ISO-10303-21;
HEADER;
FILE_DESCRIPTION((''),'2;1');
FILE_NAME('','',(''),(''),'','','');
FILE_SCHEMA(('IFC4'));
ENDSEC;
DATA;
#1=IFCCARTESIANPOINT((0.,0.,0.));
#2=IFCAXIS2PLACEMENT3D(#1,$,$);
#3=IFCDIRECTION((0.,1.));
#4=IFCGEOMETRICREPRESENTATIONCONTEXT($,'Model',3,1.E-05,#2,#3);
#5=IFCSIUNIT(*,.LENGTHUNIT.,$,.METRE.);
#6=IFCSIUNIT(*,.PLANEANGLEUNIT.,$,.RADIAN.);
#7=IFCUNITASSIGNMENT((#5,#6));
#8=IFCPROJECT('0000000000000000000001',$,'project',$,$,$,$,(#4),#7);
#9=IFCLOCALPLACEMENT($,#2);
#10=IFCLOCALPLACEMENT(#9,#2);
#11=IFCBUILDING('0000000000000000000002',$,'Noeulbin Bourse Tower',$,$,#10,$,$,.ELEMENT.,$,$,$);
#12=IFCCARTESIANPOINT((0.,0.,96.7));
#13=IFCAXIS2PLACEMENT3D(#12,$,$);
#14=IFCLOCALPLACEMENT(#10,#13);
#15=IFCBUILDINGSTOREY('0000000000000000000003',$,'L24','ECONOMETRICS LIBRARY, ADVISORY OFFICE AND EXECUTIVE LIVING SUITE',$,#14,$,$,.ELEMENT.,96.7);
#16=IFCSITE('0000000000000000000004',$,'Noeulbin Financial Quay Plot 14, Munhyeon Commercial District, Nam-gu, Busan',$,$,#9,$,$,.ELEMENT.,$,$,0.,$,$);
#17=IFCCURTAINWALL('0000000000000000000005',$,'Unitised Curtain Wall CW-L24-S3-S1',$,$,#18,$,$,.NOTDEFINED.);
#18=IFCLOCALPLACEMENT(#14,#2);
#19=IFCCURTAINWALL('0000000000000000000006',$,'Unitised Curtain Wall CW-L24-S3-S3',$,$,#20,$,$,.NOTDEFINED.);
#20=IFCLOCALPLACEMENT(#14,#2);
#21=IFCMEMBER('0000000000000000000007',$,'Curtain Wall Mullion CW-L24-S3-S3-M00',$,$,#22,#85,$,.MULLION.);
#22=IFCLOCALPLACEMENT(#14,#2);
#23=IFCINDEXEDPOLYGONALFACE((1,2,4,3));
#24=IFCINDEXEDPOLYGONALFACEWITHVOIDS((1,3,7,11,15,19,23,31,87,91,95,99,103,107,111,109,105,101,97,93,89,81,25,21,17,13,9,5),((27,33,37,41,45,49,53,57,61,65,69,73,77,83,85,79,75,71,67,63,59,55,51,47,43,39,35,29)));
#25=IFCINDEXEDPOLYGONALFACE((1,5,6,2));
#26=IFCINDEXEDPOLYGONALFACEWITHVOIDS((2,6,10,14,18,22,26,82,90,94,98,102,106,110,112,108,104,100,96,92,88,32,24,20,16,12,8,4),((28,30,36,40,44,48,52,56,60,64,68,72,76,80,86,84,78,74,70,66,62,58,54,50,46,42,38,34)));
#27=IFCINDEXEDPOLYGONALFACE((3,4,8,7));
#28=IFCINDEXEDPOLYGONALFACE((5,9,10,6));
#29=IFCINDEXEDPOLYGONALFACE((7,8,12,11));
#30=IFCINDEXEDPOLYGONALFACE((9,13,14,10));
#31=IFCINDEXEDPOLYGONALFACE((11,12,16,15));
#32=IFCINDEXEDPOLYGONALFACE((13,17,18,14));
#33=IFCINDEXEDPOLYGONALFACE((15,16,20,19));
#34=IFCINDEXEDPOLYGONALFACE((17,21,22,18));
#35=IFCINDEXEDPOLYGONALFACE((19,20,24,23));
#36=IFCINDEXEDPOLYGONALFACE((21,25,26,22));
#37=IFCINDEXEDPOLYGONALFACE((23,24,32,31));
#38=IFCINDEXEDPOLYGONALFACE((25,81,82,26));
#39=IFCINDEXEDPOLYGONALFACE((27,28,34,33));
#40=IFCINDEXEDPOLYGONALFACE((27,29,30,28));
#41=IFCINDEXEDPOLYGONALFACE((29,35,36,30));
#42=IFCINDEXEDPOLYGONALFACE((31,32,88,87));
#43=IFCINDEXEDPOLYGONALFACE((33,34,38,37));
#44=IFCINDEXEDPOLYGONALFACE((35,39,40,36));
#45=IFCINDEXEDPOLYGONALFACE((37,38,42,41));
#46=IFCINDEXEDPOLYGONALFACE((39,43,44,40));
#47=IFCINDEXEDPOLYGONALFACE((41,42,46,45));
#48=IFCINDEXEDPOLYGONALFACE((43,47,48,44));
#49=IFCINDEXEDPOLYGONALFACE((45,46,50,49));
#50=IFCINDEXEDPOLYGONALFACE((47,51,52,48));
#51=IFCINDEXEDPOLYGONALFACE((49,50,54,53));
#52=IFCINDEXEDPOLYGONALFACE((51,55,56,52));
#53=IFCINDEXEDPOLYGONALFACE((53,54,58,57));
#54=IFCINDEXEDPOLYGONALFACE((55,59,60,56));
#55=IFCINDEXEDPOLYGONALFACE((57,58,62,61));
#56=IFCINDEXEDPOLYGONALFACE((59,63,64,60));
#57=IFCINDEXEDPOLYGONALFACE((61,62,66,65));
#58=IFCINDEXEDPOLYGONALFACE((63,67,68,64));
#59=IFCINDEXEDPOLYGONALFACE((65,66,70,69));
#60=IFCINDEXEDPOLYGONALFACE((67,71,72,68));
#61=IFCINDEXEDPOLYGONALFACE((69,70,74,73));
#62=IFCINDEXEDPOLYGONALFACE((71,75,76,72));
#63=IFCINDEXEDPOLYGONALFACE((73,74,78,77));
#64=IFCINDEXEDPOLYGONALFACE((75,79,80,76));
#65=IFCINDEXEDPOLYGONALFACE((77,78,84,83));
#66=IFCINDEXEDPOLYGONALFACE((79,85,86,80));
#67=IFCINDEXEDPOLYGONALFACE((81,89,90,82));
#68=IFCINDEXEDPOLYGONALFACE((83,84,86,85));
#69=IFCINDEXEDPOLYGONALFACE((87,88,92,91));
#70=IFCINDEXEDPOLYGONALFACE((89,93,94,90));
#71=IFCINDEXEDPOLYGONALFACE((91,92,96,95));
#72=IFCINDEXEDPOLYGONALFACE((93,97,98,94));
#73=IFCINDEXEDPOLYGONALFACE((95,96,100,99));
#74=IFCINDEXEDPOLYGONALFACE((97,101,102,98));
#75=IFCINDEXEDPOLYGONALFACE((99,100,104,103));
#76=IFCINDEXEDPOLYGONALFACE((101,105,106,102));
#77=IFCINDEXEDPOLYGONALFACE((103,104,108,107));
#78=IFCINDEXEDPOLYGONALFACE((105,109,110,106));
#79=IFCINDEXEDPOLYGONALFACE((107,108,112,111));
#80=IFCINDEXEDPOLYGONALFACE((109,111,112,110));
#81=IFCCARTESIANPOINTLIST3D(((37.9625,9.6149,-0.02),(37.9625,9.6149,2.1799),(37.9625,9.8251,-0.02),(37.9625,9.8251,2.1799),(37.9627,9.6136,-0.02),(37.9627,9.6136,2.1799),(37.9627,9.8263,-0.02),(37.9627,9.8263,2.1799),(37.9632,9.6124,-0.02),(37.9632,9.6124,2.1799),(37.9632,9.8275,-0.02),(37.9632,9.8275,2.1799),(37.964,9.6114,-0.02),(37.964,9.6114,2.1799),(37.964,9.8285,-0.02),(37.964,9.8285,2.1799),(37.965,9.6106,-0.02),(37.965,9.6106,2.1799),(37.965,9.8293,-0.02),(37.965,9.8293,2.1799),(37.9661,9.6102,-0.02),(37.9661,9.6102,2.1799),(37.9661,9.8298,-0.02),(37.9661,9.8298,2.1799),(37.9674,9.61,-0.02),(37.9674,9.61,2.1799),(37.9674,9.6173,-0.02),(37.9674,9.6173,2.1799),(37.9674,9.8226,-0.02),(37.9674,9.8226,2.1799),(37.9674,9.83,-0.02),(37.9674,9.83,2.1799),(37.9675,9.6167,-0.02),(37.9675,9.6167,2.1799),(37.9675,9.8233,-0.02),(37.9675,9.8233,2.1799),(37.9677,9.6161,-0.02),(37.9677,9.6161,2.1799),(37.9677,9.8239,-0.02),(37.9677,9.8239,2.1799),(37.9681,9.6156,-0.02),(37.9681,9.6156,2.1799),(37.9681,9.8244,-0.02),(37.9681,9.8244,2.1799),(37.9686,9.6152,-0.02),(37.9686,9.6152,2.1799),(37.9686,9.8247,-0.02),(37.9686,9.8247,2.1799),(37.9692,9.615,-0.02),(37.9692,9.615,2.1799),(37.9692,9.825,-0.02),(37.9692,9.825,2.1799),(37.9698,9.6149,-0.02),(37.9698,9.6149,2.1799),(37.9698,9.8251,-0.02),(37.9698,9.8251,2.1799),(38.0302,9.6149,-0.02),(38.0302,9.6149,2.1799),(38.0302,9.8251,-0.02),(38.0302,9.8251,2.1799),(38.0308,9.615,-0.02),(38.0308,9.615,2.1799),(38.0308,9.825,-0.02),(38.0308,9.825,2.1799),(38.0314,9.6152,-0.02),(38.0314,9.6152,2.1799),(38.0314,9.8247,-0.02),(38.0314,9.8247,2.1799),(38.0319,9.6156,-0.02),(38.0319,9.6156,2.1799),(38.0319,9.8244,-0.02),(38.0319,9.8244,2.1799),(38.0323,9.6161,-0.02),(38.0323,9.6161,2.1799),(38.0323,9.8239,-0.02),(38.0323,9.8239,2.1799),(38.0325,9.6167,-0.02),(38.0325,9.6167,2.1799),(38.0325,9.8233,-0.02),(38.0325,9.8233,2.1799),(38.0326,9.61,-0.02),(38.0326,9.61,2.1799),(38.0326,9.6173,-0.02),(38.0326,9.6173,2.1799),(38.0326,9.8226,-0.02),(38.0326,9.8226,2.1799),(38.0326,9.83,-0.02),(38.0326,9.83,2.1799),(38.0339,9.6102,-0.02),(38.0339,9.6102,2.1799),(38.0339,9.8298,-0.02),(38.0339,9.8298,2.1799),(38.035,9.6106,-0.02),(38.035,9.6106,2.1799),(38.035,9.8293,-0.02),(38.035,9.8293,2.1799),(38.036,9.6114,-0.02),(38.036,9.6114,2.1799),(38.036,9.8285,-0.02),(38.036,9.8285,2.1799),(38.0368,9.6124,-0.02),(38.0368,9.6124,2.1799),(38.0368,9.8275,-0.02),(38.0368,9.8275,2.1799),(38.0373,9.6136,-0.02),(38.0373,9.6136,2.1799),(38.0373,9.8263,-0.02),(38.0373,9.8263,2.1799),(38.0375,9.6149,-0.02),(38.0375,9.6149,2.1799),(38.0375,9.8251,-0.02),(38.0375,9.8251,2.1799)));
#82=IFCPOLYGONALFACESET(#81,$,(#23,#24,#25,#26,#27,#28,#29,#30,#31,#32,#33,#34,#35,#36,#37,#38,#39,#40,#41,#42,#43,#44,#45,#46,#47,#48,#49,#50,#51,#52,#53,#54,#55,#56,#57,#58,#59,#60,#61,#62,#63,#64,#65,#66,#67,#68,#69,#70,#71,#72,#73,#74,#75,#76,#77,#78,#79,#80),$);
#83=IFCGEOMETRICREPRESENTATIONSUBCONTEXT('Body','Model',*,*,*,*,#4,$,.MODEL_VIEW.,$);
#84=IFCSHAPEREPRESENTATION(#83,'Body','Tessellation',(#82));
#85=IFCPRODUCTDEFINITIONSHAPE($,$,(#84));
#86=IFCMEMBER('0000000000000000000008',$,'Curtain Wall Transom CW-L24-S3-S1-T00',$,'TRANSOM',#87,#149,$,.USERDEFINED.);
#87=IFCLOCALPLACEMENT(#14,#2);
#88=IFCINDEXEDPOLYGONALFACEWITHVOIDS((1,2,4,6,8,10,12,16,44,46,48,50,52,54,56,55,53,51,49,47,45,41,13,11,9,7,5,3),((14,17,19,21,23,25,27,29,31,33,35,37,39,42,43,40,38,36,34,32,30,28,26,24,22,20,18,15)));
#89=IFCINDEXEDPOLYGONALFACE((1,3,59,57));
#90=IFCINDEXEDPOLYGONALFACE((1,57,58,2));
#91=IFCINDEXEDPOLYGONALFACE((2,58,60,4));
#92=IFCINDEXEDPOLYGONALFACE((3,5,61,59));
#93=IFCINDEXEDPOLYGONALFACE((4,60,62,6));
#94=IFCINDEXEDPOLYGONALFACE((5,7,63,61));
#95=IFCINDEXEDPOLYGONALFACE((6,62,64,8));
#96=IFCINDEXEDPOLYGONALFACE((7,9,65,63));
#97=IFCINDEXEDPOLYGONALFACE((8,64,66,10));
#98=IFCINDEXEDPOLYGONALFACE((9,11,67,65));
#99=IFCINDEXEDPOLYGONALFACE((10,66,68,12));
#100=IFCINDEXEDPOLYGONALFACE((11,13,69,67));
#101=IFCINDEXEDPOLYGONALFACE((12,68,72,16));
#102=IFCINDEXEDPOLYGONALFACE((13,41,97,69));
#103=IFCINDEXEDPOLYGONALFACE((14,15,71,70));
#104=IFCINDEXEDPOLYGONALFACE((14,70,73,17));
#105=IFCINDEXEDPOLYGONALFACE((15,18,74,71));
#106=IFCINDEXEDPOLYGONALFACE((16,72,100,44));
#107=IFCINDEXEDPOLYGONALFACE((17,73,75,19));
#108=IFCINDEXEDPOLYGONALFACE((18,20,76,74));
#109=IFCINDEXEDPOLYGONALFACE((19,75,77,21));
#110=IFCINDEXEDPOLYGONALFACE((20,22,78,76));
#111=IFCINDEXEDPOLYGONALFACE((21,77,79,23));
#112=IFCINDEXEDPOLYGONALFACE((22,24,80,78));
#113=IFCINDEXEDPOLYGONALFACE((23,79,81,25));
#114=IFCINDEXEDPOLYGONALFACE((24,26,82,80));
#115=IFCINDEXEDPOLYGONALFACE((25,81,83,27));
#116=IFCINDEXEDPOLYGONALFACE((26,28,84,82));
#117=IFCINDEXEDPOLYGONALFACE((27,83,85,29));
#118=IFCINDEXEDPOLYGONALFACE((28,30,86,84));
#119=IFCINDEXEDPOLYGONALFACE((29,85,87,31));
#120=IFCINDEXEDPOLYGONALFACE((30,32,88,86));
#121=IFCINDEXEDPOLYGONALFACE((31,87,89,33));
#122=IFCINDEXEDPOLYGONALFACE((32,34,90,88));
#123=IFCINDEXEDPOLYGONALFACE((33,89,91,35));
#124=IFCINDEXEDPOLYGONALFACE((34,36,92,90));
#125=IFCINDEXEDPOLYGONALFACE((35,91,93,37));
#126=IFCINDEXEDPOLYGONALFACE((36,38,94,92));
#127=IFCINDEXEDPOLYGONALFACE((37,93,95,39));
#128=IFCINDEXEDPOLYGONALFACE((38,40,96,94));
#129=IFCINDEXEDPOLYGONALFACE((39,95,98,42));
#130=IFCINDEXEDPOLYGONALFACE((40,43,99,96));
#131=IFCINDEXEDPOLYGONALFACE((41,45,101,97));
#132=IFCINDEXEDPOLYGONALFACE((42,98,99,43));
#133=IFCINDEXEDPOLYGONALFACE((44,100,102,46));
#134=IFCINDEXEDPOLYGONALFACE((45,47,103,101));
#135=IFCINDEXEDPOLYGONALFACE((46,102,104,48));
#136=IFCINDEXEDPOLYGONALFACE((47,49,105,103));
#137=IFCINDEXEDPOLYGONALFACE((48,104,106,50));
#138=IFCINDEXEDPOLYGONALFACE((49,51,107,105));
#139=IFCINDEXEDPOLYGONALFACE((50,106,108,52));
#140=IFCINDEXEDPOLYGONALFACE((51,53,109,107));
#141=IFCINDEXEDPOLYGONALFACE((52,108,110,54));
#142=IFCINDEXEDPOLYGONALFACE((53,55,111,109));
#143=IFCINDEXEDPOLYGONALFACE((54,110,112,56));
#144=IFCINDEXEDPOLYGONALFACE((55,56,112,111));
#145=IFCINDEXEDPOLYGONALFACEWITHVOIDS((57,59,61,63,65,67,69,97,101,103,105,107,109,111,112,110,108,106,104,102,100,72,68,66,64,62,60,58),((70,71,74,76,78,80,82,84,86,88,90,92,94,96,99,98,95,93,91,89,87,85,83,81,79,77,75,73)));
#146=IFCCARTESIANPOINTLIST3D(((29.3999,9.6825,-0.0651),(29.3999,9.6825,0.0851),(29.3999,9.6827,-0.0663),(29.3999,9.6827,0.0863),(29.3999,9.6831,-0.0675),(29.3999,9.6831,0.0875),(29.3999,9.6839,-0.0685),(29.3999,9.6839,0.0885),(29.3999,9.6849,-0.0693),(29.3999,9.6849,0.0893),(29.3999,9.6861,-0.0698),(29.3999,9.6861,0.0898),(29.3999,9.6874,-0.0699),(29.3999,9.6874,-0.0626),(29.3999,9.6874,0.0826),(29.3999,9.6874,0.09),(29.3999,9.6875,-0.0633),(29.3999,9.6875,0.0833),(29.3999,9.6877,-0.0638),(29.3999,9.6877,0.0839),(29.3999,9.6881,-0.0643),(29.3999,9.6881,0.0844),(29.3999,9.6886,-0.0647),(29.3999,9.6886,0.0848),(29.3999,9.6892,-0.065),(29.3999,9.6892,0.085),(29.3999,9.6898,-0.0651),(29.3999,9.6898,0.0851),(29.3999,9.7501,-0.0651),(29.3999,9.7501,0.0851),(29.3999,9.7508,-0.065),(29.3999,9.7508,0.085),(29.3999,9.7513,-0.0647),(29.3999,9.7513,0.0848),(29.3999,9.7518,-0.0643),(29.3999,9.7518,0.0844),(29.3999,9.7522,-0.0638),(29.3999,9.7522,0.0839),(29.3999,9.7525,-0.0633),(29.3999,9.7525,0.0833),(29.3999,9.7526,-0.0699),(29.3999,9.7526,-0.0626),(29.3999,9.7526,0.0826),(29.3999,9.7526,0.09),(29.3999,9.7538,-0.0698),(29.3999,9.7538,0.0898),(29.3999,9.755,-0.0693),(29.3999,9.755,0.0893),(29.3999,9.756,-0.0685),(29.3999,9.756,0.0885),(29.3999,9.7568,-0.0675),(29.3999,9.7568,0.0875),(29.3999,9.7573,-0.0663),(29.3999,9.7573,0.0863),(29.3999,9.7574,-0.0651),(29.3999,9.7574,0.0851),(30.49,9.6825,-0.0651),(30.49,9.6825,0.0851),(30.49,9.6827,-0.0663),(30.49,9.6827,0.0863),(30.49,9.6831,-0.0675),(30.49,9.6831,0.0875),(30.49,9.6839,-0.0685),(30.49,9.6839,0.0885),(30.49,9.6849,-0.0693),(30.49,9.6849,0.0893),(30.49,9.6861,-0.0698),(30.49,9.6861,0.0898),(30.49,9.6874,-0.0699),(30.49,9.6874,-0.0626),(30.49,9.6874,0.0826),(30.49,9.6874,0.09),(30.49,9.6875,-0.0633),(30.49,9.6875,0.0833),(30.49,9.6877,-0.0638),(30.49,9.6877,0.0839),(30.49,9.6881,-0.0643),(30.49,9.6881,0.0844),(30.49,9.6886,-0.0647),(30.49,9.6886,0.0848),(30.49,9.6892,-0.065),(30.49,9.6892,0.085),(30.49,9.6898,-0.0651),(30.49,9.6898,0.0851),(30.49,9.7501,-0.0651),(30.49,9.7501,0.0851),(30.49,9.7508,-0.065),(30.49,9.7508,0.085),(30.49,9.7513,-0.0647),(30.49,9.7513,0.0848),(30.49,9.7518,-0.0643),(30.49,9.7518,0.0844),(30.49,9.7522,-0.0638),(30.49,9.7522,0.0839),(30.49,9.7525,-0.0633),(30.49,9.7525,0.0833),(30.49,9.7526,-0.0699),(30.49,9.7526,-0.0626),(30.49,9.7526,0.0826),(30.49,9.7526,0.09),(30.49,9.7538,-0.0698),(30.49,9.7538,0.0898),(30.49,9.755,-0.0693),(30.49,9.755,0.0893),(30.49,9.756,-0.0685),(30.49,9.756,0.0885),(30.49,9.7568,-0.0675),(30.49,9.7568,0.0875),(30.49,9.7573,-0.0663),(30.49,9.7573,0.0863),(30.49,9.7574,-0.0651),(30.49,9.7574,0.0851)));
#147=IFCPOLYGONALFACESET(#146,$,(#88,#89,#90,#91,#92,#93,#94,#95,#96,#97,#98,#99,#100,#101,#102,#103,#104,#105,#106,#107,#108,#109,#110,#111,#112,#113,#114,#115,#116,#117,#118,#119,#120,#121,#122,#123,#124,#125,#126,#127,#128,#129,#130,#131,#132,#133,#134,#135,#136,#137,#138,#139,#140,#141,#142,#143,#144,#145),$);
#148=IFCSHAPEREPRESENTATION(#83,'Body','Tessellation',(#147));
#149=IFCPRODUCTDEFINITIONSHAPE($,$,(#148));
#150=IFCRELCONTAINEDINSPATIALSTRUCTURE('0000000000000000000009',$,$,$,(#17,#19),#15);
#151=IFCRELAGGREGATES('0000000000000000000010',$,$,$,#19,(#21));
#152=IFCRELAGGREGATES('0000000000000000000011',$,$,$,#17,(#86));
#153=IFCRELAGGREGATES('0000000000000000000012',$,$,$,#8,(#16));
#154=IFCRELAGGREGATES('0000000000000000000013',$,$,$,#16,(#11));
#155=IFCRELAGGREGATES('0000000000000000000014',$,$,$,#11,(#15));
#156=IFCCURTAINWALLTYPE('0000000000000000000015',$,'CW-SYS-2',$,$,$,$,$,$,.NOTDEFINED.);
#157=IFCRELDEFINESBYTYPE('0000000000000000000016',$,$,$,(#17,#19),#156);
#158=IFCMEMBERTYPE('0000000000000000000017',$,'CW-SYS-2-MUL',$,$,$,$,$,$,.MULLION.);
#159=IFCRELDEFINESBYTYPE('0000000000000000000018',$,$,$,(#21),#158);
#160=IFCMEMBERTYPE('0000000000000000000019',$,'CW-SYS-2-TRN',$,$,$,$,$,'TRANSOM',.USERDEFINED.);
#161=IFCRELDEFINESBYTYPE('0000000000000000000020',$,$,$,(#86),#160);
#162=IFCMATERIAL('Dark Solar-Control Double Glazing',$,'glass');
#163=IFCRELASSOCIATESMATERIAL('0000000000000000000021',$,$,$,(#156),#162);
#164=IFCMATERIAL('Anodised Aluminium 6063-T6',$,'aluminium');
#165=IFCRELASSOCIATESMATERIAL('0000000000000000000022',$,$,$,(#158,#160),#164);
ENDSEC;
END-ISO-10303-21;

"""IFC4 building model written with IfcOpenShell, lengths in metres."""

from ifc_helpers import new_model, si_unit, direction, frame, origin, origin_2d, place, context, subcontext, project, spatial, hollow_rectangle, extrude, material, material_profile, profile_set, type_object, element, aggregate, save


model = new_model("IFC4")

# Units and contexts
model_context = context("Model", 3, precision=1e-05, world=origin(), true_north=direction((0.0, 1.0)))
body_context = subcontext(model_context, "Body", "Model", "MODEL_VIEW")
ifc_project = project(units=[si_unit("LENGTHUNIT", "METRE"), si_unit("PLANEANGLEUNIT", "RADIAN")], contexts=[model_context])

# Site, building, storey
site_placement = place(None, origin())
site = spatial("IfcSite", under=ifc_project, at=site_placement, Name="Noeulbin Financial Quay Plot 14, Munhyeon Commercial District, Nam-gu, Busan", CompositionType="ELEMENT", RefElevation=0.0)
building_placement = place(site_placement, origin())
building = spatial("IfcBuilding", under=site, at=building_placement, Name="Noeulbin Bourse Tower", CompositionType="ELEMENT")
storey_placement = place(building_placement, frame((0.0, 0.0, 96.7)))
storey = spatial("IfcBuildingStorey", under=building, at=storey_placement, Name="L24", Description="ECONOMETRICS LIBRARY, ADVISORY OFFICE AND EXECUTIVE LIVING SUITE", CompositionType="ELEMENT", Elevation=96.7)

# Curtain wall
ifc_material_1 = material(Name="Dark Solar-Control Double Glazing", Category="glass")
curtain_wall_type = type_object("IfcCurtainWallType", Name="CW-SYS-2", PredefinedType="NOTDEFINED", material=ifc_material_1)
curtain_wall_1_placement = place(storey_placement, origin())
curtain_wall_1 = element("IfcCurtainWall", 1, at=curtain_wall_1_placement, inside=storey, type_object=curtain_wall_type, Name="Unitised Curtain Wall CW-L24-S3-S1", PredefinedType="NOTDEFINED")
ifc_material_2 = material(Name="Anodised Aluminium 6063-T6", Category="aluminium")
ifc_material_profile_1 = material_profile(ifc_material_2, hollow_rectangle(XDim=0.075, YDim=0.22, WallThickness=0.0049, InnerFilletRadius=0.0024, OuterFilletRadius=0.0049, at=origin_2d()), Name="ALU-MULL-75x220x5", Category="LoadBearing")
ifc_profile_set_1 = profile_set([ifc_material_profile_1], Name="Anodised Aluminium 6063-T6")
member_type_1 = type_object("IfcMemberType", Name="CW-SYS-2-MUL", PredefinedType="MULLION", material=ifc_profile_set_1)

# Curtain wall, member
curtain_wall_2_placement = place(storey_placement, origin())
curtain_wall_2 = element("IfcCurtainWall", 2, at=curtain_wall_2_placement, inside=storey, type_object=curtain_wall_type, Name="Unitised Curtain Wall CW-L24-S3-S3", PredefinedType="NOTDEFINED")
member_1_placement = place(storey_placement, frame((38.0, 9.72, -0.02), z_axis=(0.0, 0.0, 1.0), x_axis=(1.0, 0.0, 0.0)))
member_1 = element("IfcMember", 3, at=member_1_placement, type_object=member_type_1, Name="Curtain Wall Mullion CW-L24-S3-S3-M00", PredefinedType="MULLION", context=body_context, shape_type="SweptSolid", body=[
    extrude(hollow_rectangle(XDim=0.075, YDim=0.22, WallThickness=0.0049, InnerFilletRadius=0.0024, OuterFilletRadius=0.0049, at=origin_2d()), origin(), (0.0, 0.0, 1.0), 2.2),
])

# Member
ifc_material_profile_2 = material_profile(ifc_material_2, hollow_rectangle(XDim=0.075, YDim=0.1599, WallThickness=0.0049, InnerFilletRadius=0.0024, OuterFilletRadius=0.0049, at=origin_2d()), Name="ALU-TRAN-75x160x5", Category="LoadBearing")
ifc_profile_set_2 = profile_set([ifc_material_profile_2], Name="Anodised Aluminium 6063-T6")
member_type_2 = type_object("IfcMemberType", Name="CW-SYS-2-TRN", ElementType="TRANSOM", PredefinedType="USERDEFINED", material=ifc_profile_set_2)
member_2_placement = place(storey_placement, frame((29.3999, 9.72, 0.01), z_axis=(1.0, 0.0, 0.0), x_axis=(0.0, 1.0, 0.0)))
member_2 = element("IfcMember", 4, at=member_2_placement, type_object=member_type_2, Name="Curtain Wall Transom CW-L24-S3-S1-T00", ObjectType="TRANSOM", PredefinedType="USERDEFINED", context=body_context, shape_type="SweptSolid", body=[
    extrude(hollow_rectangle(XDim=0.075, YDim=0.1599, WallThickness=0.0049, InnerFilletRadius=0.0024, OuterFilletRadius=0.0049, at=origin_2d()), origin(), (0.0, 0.0, 1.0), 1.0901),
])
aggregate(curtain_wall_2, [member_1])

aggregate(curtain_wall_1, [member_2])

save(model, "model.ifc")
